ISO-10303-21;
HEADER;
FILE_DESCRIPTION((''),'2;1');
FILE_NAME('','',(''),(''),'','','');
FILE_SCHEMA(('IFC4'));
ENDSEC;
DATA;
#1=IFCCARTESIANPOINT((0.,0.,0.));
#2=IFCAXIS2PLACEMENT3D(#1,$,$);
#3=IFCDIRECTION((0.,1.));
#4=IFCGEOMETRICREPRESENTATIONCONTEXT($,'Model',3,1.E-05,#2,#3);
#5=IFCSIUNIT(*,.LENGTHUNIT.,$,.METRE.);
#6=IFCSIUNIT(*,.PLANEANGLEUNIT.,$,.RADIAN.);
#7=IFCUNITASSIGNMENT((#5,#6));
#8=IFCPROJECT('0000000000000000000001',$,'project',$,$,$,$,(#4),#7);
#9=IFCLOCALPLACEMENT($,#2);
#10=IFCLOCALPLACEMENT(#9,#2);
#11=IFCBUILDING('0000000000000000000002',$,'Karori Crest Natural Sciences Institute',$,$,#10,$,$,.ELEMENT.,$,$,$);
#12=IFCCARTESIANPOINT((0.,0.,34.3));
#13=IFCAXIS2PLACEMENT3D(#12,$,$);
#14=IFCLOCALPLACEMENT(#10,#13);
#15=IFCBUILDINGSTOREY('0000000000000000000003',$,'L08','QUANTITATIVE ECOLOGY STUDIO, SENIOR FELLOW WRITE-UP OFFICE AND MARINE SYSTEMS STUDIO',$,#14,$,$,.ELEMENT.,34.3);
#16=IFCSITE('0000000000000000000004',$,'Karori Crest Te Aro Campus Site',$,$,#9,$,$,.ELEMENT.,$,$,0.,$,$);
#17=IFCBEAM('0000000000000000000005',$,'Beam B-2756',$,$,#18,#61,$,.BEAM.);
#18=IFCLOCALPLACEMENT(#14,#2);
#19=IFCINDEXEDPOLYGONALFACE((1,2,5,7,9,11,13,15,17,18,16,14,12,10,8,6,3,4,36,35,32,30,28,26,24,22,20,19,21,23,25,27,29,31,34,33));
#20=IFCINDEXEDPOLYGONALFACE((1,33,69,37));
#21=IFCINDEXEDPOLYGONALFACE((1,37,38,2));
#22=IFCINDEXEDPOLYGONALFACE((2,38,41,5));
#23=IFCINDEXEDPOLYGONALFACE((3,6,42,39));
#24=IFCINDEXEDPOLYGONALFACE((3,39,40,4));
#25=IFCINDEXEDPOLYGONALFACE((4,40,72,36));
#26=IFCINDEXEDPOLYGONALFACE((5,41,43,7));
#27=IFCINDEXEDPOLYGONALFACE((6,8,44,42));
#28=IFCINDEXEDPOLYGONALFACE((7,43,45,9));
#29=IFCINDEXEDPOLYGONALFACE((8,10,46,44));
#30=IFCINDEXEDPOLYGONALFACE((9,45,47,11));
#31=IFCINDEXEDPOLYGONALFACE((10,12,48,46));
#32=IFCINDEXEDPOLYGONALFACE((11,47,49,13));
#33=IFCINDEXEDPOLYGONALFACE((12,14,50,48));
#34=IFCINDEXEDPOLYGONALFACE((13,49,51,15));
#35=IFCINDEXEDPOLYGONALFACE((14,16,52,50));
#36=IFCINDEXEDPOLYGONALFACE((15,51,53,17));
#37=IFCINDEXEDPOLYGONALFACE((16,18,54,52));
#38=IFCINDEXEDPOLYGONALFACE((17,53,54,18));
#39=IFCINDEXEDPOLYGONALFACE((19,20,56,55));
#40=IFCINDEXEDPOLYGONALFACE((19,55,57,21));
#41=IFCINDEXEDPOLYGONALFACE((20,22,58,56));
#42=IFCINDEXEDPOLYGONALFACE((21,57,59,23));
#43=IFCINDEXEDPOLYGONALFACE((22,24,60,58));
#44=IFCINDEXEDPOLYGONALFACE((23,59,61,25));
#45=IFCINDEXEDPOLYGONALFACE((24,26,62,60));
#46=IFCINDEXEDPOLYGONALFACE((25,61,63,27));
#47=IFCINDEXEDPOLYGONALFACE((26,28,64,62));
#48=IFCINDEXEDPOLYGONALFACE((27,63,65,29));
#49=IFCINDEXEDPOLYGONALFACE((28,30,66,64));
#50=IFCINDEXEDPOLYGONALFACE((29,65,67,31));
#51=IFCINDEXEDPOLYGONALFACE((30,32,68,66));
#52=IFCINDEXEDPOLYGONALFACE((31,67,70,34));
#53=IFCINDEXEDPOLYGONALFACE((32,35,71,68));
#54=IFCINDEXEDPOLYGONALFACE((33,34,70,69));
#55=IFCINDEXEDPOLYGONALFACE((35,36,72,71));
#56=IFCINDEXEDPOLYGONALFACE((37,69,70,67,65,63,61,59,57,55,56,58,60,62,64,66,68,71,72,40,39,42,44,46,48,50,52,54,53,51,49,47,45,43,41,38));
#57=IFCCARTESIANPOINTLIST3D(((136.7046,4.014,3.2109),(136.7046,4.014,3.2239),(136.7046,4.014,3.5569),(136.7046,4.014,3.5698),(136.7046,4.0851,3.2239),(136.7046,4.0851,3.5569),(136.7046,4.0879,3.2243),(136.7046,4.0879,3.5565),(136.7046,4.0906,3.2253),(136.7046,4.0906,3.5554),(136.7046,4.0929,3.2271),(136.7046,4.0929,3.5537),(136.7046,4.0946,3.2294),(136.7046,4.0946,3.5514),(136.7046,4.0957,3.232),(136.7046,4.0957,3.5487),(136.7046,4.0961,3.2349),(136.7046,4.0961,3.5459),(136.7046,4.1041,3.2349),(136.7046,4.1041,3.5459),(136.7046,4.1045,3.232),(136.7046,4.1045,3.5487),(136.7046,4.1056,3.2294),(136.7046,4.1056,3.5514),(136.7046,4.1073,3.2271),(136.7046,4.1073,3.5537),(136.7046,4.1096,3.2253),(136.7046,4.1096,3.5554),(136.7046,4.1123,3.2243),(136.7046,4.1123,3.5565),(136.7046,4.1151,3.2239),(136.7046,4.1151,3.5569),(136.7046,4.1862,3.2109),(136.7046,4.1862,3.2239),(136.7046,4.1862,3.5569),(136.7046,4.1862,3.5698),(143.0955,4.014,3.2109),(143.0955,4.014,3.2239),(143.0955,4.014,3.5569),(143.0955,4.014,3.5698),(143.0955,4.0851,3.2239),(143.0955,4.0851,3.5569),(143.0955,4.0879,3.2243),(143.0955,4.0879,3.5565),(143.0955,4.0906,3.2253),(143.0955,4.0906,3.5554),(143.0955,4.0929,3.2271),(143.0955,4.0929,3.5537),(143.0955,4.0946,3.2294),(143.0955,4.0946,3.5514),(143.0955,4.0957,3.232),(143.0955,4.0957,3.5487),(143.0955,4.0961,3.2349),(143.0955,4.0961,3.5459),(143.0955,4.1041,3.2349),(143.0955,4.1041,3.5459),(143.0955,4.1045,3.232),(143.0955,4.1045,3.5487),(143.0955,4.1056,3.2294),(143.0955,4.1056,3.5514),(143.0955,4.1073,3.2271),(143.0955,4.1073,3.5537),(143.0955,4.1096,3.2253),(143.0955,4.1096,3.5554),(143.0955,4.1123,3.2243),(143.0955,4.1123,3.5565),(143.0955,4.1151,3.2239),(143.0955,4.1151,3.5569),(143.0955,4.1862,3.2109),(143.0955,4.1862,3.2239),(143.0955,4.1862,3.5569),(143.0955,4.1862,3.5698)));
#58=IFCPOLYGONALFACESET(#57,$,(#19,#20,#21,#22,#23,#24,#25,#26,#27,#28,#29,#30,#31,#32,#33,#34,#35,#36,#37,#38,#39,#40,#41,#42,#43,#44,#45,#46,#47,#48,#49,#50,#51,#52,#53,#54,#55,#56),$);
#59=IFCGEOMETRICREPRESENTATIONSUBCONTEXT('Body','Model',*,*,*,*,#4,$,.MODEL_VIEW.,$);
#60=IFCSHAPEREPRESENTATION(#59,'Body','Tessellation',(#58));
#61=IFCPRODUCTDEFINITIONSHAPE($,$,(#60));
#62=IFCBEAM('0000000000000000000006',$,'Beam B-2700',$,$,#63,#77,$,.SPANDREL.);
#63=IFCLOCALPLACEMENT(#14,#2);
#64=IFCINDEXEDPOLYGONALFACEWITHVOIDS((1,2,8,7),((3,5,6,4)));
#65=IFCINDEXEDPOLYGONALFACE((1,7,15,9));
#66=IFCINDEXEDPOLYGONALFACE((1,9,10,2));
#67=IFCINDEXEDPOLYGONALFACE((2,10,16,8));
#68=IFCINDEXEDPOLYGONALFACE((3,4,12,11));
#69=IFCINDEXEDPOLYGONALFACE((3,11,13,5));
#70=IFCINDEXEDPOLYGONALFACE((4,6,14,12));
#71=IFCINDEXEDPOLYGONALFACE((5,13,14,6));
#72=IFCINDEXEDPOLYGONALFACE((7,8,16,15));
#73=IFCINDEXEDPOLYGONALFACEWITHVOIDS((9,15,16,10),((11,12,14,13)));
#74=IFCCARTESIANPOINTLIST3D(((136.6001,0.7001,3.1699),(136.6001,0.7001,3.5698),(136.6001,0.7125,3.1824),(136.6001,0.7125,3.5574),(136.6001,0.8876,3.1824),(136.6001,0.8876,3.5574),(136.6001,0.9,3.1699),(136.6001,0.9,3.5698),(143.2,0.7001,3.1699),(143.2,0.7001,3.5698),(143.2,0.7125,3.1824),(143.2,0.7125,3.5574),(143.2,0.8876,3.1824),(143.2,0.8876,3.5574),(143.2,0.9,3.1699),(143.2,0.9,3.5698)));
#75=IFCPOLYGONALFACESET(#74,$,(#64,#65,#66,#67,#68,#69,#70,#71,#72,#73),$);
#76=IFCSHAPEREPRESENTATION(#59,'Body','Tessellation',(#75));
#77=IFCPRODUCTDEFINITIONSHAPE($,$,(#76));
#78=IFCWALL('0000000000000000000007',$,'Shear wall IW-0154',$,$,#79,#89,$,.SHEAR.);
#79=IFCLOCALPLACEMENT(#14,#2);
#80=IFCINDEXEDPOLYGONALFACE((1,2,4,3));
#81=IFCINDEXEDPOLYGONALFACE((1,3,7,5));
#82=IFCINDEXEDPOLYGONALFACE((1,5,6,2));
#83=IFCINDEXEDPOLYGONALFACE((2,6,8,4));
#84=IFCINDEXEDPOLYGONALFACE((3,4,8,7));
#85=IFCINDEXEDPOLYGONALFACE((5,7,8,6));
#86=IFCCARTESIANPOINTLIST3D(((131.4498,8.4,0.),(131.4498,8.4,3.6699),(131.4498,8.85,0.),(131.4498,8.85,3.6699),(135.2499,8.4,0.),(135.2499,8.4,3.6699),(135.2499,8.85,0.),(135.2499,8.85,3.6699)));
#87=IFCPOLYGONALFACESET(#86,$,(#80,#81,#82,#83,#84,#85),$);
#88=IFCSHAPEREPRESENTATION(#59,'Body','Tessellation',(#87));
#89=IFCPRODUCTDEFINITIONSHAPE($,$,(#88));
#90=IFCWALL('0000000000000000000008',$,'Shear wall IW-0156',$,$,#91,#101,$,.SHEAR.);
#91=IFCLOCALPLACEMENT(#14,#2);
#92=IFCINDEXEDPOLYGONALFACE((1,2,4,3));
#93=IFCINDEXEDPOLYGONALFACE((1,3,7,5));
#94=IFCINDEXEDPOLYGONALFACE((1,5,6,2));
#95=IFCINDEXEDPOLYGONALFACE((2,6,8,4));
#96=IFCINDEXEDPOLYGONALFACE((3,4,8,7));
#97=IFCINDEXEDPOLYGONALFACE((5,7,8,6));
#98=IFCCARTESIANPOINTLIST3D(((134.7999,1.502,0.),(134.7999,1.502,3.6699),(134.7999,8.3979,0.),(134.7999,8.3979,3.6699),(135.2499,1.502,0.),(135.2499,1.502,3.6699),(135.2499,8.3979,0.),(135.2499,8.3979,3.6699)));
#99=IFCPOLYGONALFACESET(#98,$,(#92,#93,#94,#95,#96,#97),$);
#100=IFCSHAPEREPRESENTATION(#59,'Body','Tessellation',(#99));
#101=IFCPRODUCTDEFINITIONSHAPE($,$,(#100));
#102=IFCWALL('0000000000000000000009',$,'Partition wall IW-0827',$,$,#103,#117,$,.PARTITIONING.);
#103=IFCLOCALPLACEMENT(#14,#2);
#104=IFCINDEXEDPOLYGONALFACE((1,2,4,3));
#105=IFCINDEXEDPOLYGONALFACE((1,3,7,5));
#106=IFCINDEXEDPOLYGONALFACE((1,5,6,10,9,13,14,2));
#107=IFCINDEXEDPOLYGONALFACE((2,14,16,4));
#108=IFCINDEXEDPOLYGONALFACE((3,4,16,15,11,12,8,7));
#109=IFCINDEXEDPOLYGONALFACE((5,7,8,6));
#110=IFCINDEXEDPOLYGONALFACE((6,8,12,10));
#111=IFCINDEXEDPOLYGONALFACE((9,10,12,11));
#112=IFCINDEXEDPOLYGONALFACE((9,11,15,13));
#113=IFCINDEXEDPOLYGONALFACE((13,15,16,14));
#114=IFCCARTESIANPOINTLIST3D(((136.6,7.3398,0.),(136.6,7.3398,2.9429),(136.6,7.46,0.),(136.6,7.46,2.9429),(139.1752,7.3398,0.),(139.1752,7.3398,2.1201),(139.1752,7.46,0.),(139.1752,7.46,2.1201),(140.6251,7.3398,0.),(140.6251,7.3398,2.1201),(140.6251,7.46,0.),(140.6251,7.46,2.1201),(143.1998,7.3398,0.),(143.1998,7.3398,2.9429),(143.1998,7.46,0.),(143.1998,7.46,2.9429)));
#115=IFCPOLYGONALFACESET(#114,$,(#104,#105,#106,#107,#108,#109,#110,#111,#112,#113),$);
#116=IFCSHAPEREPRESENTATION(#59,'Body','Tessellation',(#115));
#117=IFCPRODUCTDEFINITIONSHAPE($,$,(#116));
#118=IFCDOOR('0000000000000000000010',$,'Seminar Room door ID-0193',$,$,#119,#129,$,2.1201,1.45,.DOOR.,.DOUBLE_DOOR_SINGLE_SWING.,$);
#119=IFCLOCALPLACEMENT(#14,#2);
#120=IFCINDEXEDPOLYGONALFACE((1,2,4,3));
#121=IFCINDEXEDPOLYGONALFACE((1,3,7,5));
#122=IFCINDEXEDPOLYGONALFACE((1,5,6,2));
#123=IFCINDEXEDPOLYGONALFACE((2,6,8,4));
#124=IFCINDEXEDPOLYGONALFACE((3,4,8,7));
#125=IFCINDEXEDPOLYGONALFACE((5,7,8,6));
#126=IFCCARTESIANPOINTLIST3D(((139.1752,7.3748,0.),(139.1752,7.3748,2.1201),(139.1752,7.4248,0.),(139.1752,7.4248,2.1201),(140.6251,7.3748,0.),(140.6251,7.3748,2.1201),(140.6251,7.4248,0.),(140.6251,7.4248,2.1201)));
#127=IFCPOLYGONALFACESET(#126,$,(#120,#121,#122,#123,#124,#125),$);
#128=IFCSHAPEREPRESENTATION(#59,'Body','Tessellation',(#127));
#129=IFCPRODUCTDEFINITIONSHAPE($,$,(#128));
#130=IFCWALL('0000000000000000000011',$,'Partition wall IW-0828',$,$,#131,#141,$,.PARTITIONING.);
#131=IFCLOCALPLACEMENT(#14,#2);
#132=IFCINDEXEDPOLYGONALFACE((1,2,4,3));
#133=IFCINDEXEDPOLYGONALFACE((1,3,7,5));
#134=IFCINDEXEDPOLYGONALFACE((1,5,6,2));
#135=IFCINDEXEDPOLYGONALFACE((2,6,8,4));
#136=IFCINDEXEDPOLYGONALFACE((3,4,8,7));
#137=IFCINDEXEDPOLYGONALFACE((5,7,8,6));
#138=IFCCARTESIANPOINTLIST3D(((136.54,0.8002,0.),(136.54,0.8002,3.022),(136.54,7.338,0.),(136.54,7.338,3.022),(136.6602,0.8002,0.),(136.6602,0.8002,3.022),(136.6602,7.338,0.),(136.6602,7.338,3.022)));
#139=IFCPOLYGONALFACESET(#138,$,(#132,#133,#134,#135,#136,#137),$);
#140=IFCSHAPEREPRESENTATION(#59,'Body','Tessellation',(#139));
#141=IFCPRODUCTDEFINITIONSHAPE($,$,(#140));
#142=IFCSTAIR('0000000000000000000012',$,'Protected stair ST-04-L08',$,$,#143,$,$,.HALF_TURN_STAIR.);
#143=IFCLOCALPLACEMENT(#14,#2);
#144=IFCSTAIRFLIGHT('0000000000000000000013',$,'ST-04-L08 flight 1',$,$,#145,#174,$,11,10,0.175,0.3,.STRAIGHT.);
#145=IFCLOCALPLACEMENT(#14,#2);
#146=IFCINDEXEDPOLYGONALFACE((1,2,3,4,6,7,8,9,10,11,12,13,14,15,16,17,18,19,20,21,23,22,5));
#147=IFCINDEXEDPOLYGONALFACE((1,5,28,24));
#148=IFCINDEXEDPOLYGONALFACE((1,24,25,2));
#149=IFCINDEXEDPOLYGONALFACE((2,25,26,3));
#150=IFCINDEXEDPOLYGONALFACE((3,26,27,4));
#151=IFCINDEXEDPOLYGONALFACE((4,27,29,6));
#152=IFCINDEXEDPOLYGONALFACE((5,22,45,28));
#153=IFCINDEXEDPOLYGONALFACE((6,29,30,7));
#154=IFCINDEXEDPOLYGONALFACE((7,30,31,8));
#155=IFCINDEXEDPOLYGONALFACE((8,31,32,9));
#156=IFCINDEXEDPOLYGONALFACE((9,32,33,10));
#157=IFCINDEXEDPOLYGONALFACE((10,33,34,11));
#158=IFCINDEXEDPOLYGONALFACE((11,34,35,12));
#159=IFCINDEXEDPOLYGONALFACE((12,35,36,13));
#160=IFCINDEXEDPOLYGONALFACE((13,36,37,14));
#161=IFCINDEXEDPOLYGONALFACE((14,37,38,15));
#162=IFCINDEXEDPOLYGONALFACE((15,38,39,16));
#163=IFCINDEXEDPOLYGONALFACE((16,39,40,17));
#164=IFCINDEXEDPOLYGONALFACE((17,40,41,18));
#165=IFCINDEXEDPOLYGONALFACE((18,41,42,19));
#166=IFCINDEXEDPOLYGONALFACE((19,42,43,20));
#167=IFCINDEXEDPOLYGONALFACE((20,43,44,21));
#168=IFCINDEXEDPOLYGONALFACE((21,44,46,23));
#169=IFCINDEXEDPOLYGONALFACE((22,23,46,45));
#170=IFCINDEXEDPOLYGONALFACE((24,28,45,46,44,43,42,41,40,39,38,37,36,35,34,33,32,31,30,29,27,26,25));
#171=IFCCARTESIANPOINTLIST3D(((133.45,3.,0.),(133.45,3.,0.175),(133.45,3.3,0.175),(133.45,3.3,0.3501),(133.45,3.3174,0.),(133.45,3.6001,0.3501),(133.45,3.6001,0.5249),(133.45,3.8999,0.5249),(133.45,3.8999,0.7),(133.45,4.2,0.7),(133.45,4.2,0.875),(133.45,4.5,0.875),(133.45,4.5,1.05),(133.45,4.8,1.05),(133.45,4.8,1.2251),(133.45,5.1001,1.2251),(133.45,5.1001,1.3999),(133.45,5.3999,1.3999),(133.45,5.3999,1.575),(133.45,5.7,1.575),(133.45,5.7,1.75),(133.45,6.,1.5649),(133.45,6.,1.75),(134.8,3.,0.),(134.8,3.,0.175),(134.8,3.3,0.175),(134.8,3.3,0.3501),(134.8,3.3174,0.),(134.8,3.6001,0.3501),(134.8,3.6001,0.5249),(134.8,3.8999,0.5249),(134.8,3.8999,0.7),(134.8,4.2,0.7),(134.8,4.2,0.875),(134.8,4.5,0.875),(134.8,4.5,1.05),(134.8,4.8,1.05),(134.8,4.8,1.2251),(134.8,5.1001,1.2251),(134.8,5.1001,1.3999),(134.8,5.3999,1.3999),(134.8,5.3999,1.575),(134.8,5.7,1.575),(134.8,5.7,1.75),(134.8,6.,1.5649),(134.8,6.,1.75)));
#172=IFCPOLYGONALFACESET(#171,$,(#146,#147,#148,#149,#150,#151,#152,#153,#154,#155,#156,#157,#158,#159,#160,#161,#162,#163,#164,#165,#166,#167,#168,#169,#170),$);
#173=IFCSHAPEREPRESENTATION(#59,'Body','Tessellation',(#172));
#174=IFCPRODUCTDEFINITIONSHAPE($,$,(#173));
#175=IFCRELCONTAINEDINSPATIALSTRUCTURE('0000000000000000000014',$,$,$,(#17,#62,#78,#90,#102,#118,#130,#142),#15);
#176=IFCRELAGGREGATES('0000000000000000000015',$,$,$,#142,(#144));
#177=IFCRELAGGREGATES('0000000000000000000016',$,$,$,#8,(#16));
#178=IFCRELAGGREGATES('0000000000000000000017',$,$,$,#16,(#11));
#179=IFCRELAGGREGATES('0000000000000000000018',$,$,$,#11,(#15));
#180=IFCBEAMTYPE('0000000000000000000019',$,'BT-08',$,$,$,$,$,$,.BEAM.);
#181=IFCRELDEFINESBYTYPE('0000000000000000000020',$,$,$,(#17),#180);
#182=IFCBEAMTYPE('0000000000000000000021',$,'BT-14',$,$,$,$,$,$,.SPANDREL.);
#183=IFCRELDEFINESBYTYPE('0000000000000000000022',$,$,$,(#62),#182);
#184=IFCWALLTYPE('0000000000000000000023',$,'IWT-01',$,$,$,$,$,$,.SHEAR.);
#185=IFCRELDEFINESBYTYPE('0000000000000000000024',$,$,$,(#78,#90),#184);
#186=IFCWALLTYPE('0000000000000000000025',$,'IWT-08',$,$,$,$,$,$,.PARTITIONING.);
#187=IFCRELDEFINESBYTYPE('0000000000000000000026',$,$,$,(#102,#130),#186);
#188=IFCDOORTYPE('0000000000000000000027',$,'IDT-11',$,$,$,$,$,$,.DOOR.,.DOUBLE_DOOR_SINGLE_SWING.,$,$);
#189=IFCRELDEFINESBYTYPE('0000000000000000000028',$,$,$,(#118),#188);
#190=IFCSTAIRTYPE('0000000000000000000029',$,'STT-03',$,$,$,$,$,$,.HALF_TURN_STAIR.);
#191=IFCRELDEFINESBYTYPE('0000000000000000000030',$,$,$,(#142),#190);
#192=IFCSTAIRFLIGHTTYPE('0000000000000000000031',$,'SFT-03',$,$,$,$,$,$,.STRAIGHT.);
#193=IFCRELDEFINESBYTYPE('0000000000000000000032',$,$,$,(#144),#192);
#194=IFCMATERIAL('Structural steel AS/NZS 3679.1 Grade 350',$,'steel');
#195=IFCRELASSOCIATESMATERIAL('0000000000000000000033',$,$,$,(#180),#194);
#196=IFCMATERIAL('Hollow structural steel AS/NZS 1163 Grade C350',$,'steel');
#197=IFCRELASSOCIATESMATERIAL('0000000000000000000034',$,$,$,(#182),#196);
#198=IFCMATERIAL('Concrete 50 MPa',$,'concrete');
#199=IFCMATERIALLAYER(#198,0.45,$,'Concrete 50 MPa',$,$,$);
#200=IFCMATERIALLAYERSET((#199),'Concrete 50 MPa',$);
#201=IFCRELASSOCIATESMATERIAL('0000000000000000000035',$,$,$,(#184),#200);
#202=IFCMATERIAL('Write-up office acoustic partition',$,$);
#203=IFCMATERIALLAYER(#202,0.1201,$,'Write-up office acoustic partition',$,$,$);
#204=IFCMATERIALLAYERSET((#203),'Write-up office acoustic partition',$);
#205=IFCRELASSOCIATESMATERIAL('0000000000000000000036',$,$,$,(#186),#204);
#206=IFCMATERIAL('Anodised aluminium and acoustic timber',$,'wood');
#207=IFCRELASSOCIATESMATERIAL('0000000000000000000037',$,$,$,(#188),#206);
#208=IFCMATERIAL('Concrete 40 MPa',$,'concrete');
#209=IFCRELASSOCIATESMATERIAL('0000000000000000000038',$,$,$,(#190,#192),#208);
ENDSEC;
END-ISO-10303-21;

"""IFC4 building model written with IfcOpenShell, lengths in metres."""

from ifc_helpers import new_model, si_unit, direction, frame, frame_2d, origin, origin_2d, place, context, subcontext, project, spatial, polyline, rectangle, hollow_rectangle, i_section, outline, extrude, material, layer, layer_set, material_profile, profile_set, type_object, element, fill, aggregate, save


model = new_model("IFC4")

# Units and contexts
model_context = context("Model", 3, precision=1e-05, world=origin(), true_north=direction((0.0, 1.0)))
body_context = subcontext(model_context, "Body", "Model", "MODEL_VIEW")
ifc_project = project(units=[si_unit("LENGTHUNIT", "METRE"), si_unit("PLANEANGLEUNIT", "RADIAN")], contexts=[model_context])

# Site, building, storey
site_placement = place(None, origin())
site = spatial("IfcSite", under=ifc_project, at=site_placement, Name="Karori Crest Te Aro Campus Site", CompositionType="ELEMENT", RefElevation=0.0)
building_placement = place(site_placement, origin())
building = spatial("IfcBuilding", under=site, at=building_placement, Name="Karori Crest Natural Sciences Institute", CompositionType="ELEMENT")
storey_placement = place(building_placement, frame((0.0, 0.0, 34.3)))
storey = spatial("IfcBuildingStorey", under=building, at=storey_placement, Name="L08", Description="QUANTITATIVE ECOLOGY STUDIO, SENIOR FELLOW WRITE-UP OFFICE AND MARINE SYSTEMS STUDIO", CompositionType="ELEMENT", Elevation=34.3)

# Shared definitions
ifc_material_1 = material(Name="Structural steel AS/NZS 3679.1 Grade 350", Category="steel")
ifc_material_2 = material(Name="Concrete 50 MPa", Category="concrete")

# Beams
ifc_material_profile_1 = material_profile(ifc_material_1, i_section(OverallWidth=0.1721, OverallDepth=0.3589, WebThickness=0.0081, FlangeThickness=0.0129, FilletRadius=0.011, at=origin_2d()), Name="360UB56.7")
ifc_profile_set_1 = profile_set([ifc_material_profile_1], Name="Structural steel AS/NZS 3679.1 Grade 350")
beam_type_1 = type_object("IfcBeamType", Name="BT-08", PredefinedType="BEAM", material=ifc_profile_set_1)
beam_1_placement = place(storey_placement, frame((136.7046, 4.1001, 3.3904), z_axis=(1.0, 0.0, 0.0), x_axis=(0.0, 1.0, 0.0)))
element("IfcBeam", 1, at=beam_1_placement, inside=storey, type_object=beam_type_1, Name="Beam B-2756", PredefinedType="BEAM", context=body_context, shape_type="SweptSolid", body=[
    extrude(i_section(OverallWidth=0.1721, OverallDepth=0.3589, WebThickness=0.0081, FlangeThickness=0.0129, FilletRadius=0.011, at=origin_2d()), origin(), (0.0, 0.0, 1.0), 6.3909),
])
ifc_material_3 = material(Name="Hollow structural steel AS/NZS 1163 Grade C350", Category="steel")
ifc_material_profile_2 = material_profile(ifc_material_3, hollow_rectangle(XDim=0.2, YDim=0.3999, WallThickness=0.0125, at=origin_2d()), Name="RHS400x200x12.5")
ifc_profile_set_2 = profile_set([ifc_material_profile_2], Name="Hollow structural steel AS/NZS 1163 Grade C350")
beam_type_2 = type_object("IfcBeamType", Name="BT-14", PredefinedType="SPANDREL", material=ifc_profile_set_2)
beam_2_placement = place(storey_placement, frame((136.6001, 0.8, 3.3699), z_axis=(1.0, 0.0, 0.0), x_axis=(0.0, 1.0, 0.0)))
element("IfcBeam", 2, at=beam_2_placement, inside=storey, type_object=beam_type_2, Name="Beam B-2700", PredefinedType="SPANDREL", context=body_context, shape_type="SweptSolid", body=[
    extrude(hollow_rectangle(XDim=0.2, YDim=0.3999, WallThickness=0.0125, at=origin_2d()), origin(), (0.0, 0.0, 1.0), 6.5999),
])

# Wall
ifc_layer_1 = layer(ifc_material_2, 0.45, Name="Concrete 50 MPa")
ifc_layer_set_1 = layer_set([ifc_layer_1], Name="Concrete 50 MPa")
wall_type_1 = type_object("IfcWallType", Name="IWT-01", PredefinedType="SHEAR", material=ifc_layer_set_1)
wall_1_placement = place(storey_placement, frame((131.45, 8.625, 0.0), z_axis=(0.0, 0.0, 1.0), x_axis=(1.0, 0.0, 0.0)))
element("IfcWall", 3, at=wall_1_placement, inside=storey, type_object=wall_type_1, Name="Shear wall IW-0154", PredefinedType="SHEAR", context=body_context, shape_type="SweptSolid", body=[
    extrude(rectangle(XDim=3.8, YDim=0.45, at=frame_2d((1.8999, 0.0))), origin(), (0.0, 0.0, 1.0), 3.6699),
])

# Wall
wall_2_placement = place(storey_placement, frame((135.0249, 1.502, 0.0), z_axis=(0.0, 0.0, 1.0), x_axis=(0.0, 1.0, 0.0)))
element("IfcWall", 4, at=wall_2_placement, inside=storey, type_object=wall_type_1, Name="Shear wall IW-0156", PredefinedType="SHEAR", context=body_context, shape_type="SweptSolid", body=[
    extrude(rectangle(XDim=6.896, YDim=0.45, at=frame_2d((3.448, 0.0))), origin(), (0.0, 0.0, 1.0), 3.6699),
])

# Wall, opening, door
ifc_material_4 = material(Name="Write-up office acoustic partition")
ifc_layer_2 = layer(ifc_material_4, 0.1201, Name="Write-up office acoustic partition")
ifc_layer_set_2 = layer_set([ifc_layer_2], Name="Write-up office acoustic partition")
wall_type_2 = type_object("IfcWallType", Name="IWT-08", PredefinedType="PARTITIONING", material=ifc_layer_set_2)
wall_3_placement = place(storey_placement, frame((136.6001, 7.3999, 0.0), z_axis=(0.0, 0.0, 1.0), x_axis=(1.0, 0.0, 0.0)))
wall_3 = element("IfcWall", 5, at=wall_3_placement, inside=storey, type_object=wall_type_2, Name="Partition wall IW-0827", PredefinedType="PARTITIONING", context=body_context, shape_type="SweptSolid", body=[
    extrude(rectangle(XDim=6.5999, YDim=0.1201, at=frame_2d((3.2998, 0.0))), origin(), (0.0, 0.0, 1.0), 2.9429),
])
opening_1_placement = place(wall_3_placement, frame((2.575, 0.0, 0.0)))
opening_1 = element("IfcOpeningElement", 6, at=opening_1_placement, cuts=wall_3, PredefinedType="OPENING", context=body_context, shape_type="SweptSolid", body=[
    extrude(rectangle(XDim=1.45, YDim=2.1201, at=frame_2d((0.7251, 1.0601))), frame((0.0, 0.0701, 0.0), z_axis=(0.0, -1.0, 0.0), x_axis=(1.0, 0.0, 0.0)), (0.0, 0.0, 1.0), 0.1401),
])
ifc_material_5 = material(Name="Anodised aluminium and acoustic timber", Category="wood")
door_type_1 = type_object("IfcDoorType", Name="IDT-11", OperationType="DOUBLE_DOOR_SINGLE_SWING", PredefinedType="DOOR", material=ifc_material_5)
door_1_placement = place(opening_1_placement, origin())
door_1 = element("IfcDoor", 7, at=door_1_placement, inside=storey, type_object=door_type_1, Name="Seminar Room door ID-0193", OperationType="DOUBLE_DOOR_SINGLE_SWING", OverallHeight=2.1201, OverallWidth=1.45, PredefinedType="DOOR", context=body_context, shape_type="SweptSolid", body=[
    extrude(rectangle(XDim=1.45, YDim=2.1201, at=frame_2d((0.7251, 1.0601))), frame((0.0, 0.0249, 0.0), z_axis=(0.0, -1.0, 0.0), x_axis=(1.0, 0.0, 0.0)), (0.0, 0.0, 1.0), 0.05),
])
fill(opening_1, door_1)

# Wall
wall_4_placement = place(storey_placement, frame((136.6001, 0.8, 0.0), z_axis=(0.0, 0.0, 1.0), x_axis=(0.0, 1.0, 0.0)))
element("IfcWall", 8, at=wall_4_placement, inside=storey, type_object=wall_type_2, Name="Partition wall IW-0828", PredefinedType="PARTITIONING", context=body_context, shape_type="SweptSolid", body=[
    extrude(rectangle(XDim=6.5378, YDim=0.1201, at=frame_2d((3.269, 0.0))), origin(), (0.0, 0.0, 1.0), 3.022),
])

# Stair, stair flight
ifc_material_6 = material(Name="Concrete 40 MPa", Category="concrete")
stair_type = type_object("IfcStairType", Name="STT-03", PredefinedType="HALF_TURN_STAIR", material=ifc_material_6)
stair_placement = place(storey_placement, origin())
stair = element("IfcStair", 9, at=stair_placement, inside=storey, type_object=stair_type, Name="Protected stair ST-04-L08", PredefinedType="HALF_TURN_STAIR")
stair_flight_type = type_object("IfcStairFlightType", Name="SFT-03", PredefinedType="STRAIGHT", material=ifc_material_6)
stair_flight_1_placement = place(storey_placement, frame((134.125, 3.0, 0.0), z_axis=(0.0, 0.0, 1.0), x_axis=(0.0, 1.0, 0.0)))
stair_flight_1 = element("IfcStairFlight", 10, at=stair_flight_1_placement, type_object=stair_flight_type, Name="ST-04-L08 flight 1", NumberOfRisers=11, NumberOfTreads=10, PredefinedType="STRAIGHT", RiserHeight=0.175, TreadLength=0.3, context=body_context, shape_type="SweptSolid", body=[
    extrude(outline(polyline([(0.0, 0.0), (0.0, 0.175), (0.3, 0.175), (0.3, 0.3501), (0.6001, 0.3501), (0.6001, 0.5249), (0.8999, 0.5249), (0.8999, 0.7), (1.2, 0.7), (1.2, 0.875), (1.5, 0.875), (1.5, 1.05), (1.8, 1.05), (1.8, 1.2251), (2.1001, 1.2251), (2.1001, 1.3999), (2.3999, 1.3999), (2.3999, 1.575), (2.7, 1.575), (2.7, 1.75), (3.0, 1.75), (3.0, 1.925), (3.0, 1.5649), (0.3174, 0.0), (0.0, 0.0)])), frame((0.0, 0.675, 0.0), z_axis=(0.0, -1.0, 0.0), x_axis=(1.0, 0.0, 0.0)), (0.0, 0.0, 1.0), 1.3501),
])
aggregate(stair, [stair_flight_1])

save(model, "model.ifc")
